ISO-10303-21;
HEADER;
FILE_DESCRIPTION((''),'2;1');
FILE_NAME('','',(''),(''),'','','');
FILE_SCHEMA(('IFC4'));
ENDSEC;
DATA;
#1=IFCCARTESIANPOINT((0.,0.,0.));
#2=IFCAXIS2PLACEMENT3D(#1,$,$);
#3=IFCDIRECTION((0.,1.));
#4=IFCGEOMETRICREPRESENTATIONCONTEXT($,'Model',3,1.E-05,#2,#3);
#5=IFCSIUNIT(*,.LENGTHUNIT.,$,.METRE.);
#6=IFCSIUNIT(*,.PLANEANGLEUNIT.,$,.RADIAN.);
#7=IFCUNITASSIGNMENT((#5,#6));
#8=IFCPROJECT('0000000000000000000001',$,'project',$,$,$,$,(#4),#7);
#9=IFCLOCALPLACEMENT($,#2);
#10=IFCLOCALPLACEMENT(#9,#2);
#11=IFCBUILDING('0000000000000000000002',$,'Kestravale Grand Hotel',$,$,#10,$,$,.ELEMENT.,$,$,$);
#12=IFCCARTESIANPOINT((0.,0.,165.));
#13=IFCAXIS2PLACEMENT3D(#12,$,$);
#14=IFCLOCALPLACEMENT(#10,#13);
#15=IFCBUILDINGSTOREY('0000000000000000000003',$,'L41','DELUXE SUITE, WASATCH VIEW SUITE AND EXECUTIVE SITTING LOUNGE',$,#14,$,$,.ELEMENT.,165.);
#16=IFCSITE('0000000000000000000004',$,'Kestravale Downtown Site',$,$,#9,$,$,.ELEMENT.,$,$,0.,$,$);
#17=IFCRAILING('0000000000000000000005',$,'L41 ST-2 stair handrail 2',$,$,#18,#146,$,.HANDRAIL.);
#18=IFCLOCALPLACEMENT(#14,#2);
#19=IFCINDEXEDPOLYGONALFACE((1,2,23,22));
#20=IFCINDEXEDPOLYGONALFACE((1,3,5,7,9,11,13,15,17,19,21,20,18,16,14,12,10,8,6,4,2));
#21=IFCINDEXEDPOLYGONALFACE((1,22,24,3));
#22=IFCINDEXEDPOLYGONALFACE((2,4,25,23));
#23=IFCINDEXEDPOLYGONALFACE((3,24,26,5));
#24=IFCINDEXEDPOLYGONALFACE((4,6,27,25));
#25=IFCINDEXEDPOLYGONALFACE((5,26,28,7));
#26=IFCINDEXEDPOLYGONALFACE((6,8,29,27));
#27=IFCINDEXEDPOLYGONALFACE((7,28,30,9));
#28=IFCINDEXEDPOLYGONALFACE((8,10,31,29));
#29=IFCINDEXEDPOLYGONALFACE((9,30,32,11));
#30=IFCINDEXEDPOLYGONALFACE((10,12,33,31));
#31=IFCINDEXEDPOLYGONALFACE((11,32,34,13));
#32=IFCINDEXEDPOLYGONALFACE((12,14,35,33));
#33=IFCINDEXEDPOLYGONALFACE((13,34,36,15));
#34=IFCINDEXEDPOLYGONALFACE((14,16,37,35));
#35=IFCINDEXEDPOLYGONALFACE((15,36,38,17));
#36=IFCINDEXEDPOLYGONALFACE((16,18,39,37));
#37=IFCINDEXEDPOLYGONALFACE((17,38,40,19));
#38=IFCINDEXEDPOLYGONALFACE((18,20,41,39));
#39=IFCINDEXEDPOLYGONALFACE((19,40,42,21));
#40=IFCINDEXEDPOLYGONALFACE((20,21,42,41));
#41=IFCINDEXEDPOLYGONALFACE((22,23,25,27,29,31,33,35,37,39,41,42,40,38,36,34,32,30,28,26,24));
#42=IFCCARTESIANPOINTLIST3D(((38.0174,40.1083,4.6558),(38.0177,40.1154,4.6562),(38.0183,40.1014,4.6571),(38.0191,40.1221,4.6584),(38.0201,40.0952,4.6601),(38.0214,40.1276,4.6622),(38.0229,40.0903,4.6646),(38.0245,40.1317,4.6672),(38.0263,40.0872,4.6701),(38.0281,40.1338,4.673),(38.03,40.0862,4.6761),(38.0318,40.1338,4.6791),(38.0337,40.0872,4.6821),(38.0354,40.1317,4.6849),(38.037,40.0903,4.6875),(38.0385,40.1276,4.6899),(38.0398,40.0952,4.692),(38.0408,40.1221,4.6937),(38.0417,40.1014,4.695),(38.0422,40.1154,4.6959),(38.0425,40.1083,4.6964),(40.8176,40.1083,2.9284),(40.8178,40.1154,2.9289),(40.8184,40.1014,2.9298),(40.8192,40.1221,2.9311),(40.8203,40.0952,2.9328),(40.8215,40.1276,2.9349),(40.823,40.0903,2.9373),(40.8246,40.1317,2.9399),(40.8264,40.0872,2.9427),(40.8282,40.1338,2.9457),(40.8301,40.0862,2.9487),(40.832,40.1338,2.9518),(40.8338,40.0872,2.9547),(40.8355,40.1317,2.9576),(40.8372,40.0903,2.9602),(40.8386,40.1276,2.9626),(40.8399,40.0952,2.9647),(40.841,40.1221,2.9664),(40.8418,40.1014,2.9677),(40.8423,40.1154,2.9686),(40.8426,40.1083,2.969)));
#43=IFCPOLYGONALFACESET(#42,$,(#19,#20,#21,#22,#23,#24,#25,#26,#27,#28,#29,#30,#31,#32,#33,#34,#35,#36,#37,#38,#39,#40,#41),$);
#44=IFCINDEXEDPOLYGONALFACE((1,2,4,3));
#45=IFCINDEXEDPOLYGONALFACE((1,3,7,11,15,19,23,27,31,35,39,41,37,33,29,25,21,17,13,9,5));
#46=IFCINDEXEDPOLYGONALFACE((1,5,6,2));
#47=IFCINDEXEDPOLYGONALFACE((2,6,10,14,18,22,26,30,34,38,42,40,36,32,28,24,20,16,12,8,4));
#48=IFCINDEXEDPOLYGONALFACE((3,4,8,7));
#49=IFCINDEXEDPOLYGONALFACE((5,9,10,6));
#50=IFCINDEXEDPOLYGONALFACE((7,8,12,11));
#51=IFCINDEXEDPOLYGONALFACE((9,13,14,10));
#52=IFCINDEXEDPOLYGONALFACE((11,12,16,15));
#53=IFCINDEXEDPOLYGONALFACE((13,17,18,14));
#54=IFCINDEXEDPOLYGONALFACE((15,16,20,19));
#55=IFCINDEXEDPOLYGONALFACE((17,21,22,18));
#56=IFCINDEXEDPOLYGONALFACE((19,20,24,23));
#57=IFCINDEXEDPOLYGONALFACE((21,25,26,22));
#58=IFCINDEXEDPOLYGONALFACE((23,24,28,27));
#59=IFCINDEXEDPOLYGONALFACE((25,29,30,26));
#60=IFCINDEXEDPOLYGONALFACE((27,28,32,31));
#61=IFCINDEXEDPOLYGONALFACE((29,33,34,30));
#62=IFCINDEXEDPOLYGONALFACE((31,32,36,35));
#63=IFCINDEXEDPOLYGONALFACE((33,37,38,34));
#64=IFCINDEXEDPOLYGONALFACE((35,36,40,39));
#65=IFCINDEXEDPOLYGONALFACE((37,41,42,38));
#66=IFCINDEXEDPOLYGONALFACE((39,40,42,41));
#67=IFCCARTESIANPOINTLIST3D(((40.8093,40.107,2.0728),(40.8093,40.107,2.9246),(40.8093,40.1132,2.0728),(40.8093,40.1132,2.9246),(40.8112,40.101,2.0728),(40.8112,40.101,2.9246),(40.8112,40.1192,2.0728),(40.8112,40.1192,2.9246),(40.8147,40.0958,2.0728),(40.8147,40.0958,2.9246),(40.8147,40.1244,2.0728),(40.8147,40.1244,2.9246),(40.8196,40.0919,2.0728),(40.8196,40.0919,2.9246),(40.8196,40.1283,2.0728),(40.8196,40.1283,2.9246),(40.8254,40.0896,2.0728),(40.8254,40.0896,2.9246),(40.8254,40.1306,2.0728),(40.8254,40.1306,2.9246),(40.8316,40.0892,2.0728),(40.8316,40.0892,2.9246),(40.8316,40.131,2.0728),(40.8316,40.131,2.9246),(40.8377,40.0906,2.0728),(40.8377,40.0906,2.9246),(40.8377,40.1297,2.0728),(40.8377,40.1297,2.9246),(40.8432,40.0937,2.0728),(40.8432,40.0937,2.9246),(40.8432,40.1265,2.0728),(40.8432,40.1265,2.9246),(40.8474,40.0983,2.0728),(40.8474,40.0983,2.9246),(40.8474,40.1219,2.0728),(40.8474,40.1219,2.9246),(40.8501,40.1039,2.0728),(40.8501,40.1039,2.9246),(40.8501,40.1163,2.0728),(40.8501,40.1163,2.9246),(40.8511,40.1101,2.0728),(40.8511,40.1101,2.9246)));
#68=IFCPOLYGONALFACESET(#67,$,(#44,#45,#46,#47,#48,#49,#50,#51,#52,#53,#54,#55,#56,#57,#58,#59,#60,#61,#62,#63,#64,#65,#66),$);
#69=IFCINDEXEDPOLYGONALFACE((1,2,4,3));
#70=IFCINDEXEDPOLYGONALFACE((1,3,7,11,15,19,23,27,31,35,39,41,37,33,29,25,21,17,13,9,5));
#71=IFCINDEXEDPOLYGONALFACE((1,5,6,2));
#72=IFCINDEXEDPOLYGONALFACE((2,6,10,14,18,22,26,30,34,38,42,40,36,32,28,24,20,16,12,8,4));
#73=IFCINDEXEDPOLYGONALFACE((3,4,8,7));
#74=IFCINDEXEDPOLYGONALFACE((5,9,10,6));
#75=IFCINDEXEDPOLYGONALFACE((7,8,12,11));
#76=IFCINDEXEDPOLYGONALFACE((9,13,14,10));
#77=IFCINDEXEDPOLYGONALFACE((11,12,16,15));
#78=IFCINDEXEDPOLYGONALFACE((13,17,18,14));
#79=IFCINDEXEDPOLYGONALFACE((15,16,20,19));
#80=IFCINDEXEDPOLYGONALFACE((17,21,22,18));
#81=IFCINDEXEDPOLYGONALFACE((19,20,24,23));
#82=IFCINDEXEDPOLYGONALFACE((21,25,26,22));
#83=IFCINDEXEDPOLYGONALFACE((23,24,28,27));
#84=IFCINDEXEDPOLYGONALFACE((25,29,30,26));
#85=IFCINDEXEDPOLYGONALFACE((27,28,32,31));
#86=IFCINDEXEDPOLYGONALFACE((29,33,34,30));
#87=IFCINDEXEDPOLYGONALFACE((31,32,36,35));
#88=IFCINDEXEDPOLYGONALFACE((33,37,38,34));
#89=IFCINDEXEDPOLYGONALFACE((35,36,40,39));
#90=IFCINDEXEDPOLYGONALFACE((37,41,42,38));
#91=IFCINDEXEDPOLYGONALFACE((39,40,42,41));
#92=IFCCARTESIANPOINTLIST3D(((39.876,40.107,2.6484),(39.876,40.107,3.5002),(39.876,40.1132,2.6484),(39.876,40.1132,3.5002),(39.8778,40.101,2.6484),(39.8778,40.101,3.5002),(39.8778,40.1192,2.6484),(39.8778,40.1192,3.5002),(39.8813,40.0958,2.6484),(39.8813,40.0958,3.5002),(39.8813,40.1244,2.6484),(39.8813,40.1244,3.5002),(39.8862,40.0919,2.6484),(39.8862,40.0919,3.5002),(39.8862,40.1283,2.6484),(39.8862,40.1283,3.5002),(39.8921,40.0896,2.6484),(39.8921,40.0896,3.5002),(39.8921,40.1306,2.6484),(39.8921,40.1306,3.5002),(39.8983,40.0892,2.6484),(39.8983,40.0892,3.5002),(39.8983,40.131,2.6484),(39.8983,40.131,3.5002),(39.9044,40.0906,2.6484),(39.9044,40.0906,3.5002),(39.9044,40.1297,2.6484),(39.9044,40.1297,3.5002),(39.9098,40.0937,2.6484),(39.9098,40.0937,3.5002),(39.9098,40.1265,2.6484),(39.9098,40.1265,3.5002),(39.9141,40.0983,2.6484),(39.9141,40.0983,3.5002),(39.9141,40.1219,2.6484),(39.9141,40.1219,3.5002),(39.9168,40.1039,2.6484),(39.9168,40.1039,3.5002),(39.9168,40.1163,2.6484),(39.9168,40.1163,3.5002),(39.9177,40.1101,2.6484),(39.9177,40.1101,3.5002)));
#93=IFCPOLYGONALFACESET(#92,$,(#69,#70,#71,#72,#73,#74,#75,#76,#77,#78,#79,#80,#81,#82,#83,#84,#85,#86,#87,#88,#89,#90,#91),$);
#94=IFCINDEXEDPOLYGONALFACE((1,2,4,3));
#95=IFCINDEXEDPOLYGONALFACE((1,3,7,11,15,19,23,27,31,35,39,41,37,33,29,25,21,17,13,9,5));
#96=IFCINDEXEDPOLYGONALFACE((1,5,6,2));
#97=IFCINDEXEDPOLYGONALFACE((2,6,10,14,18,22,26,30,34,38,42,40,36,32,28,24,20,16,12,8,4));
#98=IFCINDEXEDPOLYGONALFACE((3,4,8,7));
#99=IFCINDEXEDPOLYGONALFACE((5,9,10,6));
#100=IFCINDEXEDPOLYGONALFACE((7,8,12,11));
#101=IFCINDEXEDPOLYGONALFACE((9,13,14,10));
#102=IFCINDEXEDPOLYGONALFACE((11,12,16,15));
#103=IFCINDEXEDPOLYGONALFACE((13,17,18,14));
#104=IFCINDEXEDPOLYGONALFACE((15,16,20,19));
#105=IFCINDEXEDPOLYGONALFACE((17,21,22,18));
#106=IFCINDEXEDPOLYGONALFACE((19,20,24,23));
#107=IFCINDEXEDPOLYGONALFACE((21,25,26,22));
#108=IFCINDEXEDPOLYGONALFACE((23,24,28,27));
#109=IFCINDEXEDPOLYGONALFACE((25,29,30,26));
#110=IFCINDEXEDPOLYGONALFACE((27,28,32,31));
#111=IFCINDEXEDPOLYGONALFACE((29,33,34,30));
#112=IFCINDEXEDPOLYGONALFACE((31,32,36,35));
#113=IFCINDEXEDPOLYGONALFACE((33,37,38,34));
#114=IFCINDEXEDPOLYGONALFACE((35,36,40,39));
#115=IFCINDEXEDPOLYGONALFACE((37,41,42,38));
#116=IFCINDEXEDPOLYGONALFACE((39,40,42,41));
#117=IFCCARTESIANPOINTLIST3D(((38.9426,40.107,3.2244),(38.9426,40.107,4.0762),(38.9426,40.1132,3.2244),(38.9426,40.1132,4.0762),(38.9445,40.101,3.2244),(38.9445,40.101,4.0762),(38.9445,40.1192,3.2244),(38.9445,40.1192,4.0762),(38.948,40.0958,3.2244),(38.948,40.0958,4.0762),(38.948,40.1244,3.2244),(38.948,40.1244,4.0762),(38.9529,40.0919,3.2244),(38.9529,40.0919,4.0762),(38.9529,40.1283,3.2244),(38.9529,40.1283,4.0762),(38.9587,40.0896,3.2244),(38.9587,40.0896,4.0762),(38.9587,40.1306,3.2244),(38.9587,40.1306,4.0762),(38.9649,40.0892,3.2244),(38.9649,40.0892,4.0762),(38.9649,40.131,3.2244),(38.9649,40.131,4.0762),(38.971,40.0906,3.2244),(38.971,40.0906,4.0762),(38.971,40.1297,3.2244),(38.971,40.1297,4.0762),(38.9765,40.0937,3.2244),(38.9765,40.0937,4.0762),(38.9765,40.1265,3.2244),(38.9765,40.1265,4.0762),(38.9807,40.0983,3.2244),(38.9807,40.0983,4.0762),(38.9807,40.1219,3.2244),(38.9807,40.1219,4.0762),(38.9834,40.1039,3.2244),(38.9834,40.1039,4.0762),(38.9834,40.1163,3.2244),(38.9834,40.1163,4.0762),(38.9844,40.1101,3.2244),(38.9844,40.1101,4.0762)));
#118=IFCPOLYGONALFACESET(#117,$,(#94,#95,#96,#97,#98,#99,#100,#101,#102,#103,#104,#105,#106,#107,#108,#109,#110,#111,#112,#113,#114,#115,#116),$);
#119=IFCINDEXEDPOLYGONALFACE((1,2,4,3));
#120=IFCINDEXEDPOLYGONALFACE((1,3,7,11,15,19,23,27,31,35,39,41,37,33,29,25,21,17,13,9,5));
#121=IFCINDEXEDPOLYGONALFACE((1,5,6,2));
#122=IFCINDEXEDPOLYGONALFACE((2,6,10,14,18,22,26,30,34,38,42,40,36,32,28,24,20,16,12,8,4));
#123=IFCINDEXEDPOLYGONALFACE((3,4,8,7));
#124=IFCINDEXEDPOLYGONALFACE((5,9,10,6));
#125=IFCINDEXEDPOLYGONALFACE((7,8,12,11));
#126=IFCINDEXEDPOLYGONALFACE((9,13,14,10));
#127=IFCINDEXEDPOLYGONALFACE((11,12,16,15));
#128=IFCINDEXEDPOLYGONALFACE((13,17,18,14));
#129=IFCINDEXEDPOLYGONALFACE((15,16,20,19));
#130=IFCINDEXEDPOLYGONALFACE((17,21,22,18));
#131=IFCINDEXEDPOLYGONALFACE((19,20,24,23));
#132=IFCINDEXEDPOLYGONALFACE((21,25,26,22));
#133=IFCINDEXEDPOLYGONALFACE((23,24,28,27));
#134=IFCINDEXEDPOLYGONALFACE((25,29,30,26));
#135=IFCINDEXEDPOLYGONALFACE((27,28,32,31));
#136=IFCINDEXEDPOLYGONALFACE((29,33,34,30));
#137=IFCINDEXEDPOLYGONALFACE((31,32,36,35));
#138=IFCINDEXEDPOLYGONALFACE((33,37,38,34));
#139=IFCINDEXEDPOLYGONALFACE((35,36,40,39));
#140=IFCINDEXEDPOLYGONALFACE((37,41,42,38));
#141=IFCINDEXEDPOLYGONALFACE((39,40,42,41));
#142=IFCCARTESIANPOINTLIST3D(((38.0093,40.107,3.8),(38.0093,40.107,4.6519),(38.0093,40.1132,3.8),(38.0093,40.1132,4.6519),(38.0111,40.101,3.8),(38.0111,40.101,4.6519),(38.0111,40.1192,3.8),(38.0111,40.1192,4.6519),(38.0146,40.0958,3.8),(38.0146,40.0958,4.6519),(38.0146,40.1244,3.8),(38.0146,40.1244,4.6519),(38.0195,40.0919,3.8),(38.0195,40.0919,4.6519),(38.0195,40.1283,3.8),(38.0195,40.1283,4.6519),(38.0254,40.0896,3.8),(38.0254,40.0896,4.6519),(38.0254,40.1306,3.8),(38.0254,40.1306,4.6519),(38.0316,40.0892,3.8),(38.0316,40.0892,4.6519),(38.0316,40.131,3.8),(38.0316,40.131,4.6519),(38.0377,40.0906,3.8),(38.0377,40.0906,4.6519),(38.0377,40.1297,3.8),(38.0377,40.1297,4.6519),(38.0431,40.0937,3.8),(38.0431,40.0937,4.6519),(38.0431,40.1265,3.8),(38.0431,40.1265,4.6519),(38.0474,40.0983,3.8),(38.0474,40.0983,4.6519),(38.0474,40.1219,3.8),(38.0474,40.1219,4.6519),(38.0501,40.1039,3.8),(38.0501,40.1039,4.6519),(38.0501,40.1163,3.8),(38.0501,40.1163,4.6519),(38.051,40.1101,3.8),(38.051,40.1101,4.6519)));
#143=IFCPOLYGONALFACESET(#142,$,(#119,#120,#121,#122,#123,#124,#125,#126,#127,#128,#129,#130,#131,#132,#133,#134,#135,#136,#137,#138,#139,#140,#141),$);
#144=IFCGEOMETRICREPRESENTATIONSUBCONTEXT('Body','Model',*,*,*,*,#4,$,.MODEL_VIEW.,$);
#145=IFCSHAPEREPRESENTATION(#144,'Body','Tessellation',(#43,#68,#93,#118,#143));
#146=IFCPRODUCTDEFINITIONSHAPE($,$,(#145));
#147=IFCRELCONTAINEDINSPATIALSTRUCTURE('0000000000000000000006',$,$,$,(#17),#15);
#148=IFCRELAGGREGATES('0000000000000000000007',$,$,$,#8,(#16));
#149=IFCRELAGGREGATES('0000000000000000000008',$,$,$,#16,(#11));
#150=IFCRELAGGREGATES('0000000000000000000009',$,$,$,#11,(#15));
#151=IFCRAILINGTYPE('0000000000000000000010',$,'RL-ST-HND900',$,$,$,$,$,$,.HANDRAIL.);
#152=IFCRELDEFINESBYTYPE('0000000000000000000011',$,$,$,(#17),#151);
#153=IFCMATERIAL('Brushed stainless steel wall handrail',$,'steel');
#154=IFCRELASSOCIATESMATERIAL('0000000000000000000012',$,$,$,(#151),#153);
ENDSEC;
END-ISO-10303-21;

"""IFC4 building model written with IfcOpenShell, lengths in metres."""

from ifc_helpers import new_model, si_unit, direction, frame, origin, origin_2d, place, context, subcontext, project, spatial, circle, extrude, material, type_object, element, save


model = new_model("IFC4")

# Units and contexts
model_context = context("Model", 3, precision=1e-05, world=origin(), true_north=direction((0.0, 1.0)))
body_context = subcontext(model_context, "Body", "Model", "MODEL_VIEW")
ifc_project = project(units=[si_unit("LENGTHUNIT", "METRE"), si_unit("PLANEANGLEUNIT", "RADIAN")], contexts=[model_context])

# Site, building, storey
site_placement = place(None, origin())
site = spatial("IfcSite", under=ifc_project, at=site_placement, Name="Kestravale Downtown Site", CompositionType="ELEMENT", RefElevation=0.0)
building_placement = place(site_placement, origin())
building = spatial("IfcBuilding", under=site, at=building_placement, Name="Kestravale Grand Hotel", CompositionType="ELEMENT")
storey_placement = place(building_placement, frame((0.0, 0.0, 165.0)))
storey = spatial("IfcBuildingStorey", under=building, at=storey_placement, Name="L41", Description="DELUXE SUITE, WASATCH VIEW SUITE AND EXECUTIVE SITTING LOUNGE", CompositionType="ELEMENT", Elevation=165.0)

# Railing
ifc_material_1 = material(Name="Brushed stainless steel wall handrail", Category="steel")
railing_type_1 = type_object("IfcRailingType", Name="RL-ST-HND900", PredefinedType="HANDRAIL", material=ifc_material_1)
railing_1_placement = place(storey_placement, frame((40.8301, 40.1101, 2.0728)))
element("IfcRailing", 1, at=railing_1_placement, inside=storey, type_object=railing_type_1, Name="L41 ST-2 stair handrail 2", PredefinedType="HANDRAIL", context=body_context, shape_type="SweptSolid", body=[
    extrude(circle(Radius=0.0239, at=origin_2d()), frame((0.0, 0.0, 0.876), z_axis=(-0.85109, 0.0, 0.52502), x_axis=(0.0, -1.0, 0.0)), (0.0, 0.0, 1.0), 3.29),
    extrude(circle(Radius=0.021, at=origin_2d()), origin(), (0.0, 0.0, 1.0), 0.8518),
    extrude(circle(Radius=0.021, at=origin_2d()), frame((-0.9333, 0.0, 0.5757)), (0.0, 0.0, 1.0), 0.8518),
    extrude(circle(Radius=0.021, at=origin_2d()), frame((-1.8667, 0.0, 1.1516)), (0.0, 0.0, 1.0), 0.8518),
    extrude(circle(Radius=0.021, at=origin_2d()), frame((-2.8, 0.0, 1.7273)), (0.0, 0.0, 1.0), 0.8518),
])

save(model, "model.ifc")
